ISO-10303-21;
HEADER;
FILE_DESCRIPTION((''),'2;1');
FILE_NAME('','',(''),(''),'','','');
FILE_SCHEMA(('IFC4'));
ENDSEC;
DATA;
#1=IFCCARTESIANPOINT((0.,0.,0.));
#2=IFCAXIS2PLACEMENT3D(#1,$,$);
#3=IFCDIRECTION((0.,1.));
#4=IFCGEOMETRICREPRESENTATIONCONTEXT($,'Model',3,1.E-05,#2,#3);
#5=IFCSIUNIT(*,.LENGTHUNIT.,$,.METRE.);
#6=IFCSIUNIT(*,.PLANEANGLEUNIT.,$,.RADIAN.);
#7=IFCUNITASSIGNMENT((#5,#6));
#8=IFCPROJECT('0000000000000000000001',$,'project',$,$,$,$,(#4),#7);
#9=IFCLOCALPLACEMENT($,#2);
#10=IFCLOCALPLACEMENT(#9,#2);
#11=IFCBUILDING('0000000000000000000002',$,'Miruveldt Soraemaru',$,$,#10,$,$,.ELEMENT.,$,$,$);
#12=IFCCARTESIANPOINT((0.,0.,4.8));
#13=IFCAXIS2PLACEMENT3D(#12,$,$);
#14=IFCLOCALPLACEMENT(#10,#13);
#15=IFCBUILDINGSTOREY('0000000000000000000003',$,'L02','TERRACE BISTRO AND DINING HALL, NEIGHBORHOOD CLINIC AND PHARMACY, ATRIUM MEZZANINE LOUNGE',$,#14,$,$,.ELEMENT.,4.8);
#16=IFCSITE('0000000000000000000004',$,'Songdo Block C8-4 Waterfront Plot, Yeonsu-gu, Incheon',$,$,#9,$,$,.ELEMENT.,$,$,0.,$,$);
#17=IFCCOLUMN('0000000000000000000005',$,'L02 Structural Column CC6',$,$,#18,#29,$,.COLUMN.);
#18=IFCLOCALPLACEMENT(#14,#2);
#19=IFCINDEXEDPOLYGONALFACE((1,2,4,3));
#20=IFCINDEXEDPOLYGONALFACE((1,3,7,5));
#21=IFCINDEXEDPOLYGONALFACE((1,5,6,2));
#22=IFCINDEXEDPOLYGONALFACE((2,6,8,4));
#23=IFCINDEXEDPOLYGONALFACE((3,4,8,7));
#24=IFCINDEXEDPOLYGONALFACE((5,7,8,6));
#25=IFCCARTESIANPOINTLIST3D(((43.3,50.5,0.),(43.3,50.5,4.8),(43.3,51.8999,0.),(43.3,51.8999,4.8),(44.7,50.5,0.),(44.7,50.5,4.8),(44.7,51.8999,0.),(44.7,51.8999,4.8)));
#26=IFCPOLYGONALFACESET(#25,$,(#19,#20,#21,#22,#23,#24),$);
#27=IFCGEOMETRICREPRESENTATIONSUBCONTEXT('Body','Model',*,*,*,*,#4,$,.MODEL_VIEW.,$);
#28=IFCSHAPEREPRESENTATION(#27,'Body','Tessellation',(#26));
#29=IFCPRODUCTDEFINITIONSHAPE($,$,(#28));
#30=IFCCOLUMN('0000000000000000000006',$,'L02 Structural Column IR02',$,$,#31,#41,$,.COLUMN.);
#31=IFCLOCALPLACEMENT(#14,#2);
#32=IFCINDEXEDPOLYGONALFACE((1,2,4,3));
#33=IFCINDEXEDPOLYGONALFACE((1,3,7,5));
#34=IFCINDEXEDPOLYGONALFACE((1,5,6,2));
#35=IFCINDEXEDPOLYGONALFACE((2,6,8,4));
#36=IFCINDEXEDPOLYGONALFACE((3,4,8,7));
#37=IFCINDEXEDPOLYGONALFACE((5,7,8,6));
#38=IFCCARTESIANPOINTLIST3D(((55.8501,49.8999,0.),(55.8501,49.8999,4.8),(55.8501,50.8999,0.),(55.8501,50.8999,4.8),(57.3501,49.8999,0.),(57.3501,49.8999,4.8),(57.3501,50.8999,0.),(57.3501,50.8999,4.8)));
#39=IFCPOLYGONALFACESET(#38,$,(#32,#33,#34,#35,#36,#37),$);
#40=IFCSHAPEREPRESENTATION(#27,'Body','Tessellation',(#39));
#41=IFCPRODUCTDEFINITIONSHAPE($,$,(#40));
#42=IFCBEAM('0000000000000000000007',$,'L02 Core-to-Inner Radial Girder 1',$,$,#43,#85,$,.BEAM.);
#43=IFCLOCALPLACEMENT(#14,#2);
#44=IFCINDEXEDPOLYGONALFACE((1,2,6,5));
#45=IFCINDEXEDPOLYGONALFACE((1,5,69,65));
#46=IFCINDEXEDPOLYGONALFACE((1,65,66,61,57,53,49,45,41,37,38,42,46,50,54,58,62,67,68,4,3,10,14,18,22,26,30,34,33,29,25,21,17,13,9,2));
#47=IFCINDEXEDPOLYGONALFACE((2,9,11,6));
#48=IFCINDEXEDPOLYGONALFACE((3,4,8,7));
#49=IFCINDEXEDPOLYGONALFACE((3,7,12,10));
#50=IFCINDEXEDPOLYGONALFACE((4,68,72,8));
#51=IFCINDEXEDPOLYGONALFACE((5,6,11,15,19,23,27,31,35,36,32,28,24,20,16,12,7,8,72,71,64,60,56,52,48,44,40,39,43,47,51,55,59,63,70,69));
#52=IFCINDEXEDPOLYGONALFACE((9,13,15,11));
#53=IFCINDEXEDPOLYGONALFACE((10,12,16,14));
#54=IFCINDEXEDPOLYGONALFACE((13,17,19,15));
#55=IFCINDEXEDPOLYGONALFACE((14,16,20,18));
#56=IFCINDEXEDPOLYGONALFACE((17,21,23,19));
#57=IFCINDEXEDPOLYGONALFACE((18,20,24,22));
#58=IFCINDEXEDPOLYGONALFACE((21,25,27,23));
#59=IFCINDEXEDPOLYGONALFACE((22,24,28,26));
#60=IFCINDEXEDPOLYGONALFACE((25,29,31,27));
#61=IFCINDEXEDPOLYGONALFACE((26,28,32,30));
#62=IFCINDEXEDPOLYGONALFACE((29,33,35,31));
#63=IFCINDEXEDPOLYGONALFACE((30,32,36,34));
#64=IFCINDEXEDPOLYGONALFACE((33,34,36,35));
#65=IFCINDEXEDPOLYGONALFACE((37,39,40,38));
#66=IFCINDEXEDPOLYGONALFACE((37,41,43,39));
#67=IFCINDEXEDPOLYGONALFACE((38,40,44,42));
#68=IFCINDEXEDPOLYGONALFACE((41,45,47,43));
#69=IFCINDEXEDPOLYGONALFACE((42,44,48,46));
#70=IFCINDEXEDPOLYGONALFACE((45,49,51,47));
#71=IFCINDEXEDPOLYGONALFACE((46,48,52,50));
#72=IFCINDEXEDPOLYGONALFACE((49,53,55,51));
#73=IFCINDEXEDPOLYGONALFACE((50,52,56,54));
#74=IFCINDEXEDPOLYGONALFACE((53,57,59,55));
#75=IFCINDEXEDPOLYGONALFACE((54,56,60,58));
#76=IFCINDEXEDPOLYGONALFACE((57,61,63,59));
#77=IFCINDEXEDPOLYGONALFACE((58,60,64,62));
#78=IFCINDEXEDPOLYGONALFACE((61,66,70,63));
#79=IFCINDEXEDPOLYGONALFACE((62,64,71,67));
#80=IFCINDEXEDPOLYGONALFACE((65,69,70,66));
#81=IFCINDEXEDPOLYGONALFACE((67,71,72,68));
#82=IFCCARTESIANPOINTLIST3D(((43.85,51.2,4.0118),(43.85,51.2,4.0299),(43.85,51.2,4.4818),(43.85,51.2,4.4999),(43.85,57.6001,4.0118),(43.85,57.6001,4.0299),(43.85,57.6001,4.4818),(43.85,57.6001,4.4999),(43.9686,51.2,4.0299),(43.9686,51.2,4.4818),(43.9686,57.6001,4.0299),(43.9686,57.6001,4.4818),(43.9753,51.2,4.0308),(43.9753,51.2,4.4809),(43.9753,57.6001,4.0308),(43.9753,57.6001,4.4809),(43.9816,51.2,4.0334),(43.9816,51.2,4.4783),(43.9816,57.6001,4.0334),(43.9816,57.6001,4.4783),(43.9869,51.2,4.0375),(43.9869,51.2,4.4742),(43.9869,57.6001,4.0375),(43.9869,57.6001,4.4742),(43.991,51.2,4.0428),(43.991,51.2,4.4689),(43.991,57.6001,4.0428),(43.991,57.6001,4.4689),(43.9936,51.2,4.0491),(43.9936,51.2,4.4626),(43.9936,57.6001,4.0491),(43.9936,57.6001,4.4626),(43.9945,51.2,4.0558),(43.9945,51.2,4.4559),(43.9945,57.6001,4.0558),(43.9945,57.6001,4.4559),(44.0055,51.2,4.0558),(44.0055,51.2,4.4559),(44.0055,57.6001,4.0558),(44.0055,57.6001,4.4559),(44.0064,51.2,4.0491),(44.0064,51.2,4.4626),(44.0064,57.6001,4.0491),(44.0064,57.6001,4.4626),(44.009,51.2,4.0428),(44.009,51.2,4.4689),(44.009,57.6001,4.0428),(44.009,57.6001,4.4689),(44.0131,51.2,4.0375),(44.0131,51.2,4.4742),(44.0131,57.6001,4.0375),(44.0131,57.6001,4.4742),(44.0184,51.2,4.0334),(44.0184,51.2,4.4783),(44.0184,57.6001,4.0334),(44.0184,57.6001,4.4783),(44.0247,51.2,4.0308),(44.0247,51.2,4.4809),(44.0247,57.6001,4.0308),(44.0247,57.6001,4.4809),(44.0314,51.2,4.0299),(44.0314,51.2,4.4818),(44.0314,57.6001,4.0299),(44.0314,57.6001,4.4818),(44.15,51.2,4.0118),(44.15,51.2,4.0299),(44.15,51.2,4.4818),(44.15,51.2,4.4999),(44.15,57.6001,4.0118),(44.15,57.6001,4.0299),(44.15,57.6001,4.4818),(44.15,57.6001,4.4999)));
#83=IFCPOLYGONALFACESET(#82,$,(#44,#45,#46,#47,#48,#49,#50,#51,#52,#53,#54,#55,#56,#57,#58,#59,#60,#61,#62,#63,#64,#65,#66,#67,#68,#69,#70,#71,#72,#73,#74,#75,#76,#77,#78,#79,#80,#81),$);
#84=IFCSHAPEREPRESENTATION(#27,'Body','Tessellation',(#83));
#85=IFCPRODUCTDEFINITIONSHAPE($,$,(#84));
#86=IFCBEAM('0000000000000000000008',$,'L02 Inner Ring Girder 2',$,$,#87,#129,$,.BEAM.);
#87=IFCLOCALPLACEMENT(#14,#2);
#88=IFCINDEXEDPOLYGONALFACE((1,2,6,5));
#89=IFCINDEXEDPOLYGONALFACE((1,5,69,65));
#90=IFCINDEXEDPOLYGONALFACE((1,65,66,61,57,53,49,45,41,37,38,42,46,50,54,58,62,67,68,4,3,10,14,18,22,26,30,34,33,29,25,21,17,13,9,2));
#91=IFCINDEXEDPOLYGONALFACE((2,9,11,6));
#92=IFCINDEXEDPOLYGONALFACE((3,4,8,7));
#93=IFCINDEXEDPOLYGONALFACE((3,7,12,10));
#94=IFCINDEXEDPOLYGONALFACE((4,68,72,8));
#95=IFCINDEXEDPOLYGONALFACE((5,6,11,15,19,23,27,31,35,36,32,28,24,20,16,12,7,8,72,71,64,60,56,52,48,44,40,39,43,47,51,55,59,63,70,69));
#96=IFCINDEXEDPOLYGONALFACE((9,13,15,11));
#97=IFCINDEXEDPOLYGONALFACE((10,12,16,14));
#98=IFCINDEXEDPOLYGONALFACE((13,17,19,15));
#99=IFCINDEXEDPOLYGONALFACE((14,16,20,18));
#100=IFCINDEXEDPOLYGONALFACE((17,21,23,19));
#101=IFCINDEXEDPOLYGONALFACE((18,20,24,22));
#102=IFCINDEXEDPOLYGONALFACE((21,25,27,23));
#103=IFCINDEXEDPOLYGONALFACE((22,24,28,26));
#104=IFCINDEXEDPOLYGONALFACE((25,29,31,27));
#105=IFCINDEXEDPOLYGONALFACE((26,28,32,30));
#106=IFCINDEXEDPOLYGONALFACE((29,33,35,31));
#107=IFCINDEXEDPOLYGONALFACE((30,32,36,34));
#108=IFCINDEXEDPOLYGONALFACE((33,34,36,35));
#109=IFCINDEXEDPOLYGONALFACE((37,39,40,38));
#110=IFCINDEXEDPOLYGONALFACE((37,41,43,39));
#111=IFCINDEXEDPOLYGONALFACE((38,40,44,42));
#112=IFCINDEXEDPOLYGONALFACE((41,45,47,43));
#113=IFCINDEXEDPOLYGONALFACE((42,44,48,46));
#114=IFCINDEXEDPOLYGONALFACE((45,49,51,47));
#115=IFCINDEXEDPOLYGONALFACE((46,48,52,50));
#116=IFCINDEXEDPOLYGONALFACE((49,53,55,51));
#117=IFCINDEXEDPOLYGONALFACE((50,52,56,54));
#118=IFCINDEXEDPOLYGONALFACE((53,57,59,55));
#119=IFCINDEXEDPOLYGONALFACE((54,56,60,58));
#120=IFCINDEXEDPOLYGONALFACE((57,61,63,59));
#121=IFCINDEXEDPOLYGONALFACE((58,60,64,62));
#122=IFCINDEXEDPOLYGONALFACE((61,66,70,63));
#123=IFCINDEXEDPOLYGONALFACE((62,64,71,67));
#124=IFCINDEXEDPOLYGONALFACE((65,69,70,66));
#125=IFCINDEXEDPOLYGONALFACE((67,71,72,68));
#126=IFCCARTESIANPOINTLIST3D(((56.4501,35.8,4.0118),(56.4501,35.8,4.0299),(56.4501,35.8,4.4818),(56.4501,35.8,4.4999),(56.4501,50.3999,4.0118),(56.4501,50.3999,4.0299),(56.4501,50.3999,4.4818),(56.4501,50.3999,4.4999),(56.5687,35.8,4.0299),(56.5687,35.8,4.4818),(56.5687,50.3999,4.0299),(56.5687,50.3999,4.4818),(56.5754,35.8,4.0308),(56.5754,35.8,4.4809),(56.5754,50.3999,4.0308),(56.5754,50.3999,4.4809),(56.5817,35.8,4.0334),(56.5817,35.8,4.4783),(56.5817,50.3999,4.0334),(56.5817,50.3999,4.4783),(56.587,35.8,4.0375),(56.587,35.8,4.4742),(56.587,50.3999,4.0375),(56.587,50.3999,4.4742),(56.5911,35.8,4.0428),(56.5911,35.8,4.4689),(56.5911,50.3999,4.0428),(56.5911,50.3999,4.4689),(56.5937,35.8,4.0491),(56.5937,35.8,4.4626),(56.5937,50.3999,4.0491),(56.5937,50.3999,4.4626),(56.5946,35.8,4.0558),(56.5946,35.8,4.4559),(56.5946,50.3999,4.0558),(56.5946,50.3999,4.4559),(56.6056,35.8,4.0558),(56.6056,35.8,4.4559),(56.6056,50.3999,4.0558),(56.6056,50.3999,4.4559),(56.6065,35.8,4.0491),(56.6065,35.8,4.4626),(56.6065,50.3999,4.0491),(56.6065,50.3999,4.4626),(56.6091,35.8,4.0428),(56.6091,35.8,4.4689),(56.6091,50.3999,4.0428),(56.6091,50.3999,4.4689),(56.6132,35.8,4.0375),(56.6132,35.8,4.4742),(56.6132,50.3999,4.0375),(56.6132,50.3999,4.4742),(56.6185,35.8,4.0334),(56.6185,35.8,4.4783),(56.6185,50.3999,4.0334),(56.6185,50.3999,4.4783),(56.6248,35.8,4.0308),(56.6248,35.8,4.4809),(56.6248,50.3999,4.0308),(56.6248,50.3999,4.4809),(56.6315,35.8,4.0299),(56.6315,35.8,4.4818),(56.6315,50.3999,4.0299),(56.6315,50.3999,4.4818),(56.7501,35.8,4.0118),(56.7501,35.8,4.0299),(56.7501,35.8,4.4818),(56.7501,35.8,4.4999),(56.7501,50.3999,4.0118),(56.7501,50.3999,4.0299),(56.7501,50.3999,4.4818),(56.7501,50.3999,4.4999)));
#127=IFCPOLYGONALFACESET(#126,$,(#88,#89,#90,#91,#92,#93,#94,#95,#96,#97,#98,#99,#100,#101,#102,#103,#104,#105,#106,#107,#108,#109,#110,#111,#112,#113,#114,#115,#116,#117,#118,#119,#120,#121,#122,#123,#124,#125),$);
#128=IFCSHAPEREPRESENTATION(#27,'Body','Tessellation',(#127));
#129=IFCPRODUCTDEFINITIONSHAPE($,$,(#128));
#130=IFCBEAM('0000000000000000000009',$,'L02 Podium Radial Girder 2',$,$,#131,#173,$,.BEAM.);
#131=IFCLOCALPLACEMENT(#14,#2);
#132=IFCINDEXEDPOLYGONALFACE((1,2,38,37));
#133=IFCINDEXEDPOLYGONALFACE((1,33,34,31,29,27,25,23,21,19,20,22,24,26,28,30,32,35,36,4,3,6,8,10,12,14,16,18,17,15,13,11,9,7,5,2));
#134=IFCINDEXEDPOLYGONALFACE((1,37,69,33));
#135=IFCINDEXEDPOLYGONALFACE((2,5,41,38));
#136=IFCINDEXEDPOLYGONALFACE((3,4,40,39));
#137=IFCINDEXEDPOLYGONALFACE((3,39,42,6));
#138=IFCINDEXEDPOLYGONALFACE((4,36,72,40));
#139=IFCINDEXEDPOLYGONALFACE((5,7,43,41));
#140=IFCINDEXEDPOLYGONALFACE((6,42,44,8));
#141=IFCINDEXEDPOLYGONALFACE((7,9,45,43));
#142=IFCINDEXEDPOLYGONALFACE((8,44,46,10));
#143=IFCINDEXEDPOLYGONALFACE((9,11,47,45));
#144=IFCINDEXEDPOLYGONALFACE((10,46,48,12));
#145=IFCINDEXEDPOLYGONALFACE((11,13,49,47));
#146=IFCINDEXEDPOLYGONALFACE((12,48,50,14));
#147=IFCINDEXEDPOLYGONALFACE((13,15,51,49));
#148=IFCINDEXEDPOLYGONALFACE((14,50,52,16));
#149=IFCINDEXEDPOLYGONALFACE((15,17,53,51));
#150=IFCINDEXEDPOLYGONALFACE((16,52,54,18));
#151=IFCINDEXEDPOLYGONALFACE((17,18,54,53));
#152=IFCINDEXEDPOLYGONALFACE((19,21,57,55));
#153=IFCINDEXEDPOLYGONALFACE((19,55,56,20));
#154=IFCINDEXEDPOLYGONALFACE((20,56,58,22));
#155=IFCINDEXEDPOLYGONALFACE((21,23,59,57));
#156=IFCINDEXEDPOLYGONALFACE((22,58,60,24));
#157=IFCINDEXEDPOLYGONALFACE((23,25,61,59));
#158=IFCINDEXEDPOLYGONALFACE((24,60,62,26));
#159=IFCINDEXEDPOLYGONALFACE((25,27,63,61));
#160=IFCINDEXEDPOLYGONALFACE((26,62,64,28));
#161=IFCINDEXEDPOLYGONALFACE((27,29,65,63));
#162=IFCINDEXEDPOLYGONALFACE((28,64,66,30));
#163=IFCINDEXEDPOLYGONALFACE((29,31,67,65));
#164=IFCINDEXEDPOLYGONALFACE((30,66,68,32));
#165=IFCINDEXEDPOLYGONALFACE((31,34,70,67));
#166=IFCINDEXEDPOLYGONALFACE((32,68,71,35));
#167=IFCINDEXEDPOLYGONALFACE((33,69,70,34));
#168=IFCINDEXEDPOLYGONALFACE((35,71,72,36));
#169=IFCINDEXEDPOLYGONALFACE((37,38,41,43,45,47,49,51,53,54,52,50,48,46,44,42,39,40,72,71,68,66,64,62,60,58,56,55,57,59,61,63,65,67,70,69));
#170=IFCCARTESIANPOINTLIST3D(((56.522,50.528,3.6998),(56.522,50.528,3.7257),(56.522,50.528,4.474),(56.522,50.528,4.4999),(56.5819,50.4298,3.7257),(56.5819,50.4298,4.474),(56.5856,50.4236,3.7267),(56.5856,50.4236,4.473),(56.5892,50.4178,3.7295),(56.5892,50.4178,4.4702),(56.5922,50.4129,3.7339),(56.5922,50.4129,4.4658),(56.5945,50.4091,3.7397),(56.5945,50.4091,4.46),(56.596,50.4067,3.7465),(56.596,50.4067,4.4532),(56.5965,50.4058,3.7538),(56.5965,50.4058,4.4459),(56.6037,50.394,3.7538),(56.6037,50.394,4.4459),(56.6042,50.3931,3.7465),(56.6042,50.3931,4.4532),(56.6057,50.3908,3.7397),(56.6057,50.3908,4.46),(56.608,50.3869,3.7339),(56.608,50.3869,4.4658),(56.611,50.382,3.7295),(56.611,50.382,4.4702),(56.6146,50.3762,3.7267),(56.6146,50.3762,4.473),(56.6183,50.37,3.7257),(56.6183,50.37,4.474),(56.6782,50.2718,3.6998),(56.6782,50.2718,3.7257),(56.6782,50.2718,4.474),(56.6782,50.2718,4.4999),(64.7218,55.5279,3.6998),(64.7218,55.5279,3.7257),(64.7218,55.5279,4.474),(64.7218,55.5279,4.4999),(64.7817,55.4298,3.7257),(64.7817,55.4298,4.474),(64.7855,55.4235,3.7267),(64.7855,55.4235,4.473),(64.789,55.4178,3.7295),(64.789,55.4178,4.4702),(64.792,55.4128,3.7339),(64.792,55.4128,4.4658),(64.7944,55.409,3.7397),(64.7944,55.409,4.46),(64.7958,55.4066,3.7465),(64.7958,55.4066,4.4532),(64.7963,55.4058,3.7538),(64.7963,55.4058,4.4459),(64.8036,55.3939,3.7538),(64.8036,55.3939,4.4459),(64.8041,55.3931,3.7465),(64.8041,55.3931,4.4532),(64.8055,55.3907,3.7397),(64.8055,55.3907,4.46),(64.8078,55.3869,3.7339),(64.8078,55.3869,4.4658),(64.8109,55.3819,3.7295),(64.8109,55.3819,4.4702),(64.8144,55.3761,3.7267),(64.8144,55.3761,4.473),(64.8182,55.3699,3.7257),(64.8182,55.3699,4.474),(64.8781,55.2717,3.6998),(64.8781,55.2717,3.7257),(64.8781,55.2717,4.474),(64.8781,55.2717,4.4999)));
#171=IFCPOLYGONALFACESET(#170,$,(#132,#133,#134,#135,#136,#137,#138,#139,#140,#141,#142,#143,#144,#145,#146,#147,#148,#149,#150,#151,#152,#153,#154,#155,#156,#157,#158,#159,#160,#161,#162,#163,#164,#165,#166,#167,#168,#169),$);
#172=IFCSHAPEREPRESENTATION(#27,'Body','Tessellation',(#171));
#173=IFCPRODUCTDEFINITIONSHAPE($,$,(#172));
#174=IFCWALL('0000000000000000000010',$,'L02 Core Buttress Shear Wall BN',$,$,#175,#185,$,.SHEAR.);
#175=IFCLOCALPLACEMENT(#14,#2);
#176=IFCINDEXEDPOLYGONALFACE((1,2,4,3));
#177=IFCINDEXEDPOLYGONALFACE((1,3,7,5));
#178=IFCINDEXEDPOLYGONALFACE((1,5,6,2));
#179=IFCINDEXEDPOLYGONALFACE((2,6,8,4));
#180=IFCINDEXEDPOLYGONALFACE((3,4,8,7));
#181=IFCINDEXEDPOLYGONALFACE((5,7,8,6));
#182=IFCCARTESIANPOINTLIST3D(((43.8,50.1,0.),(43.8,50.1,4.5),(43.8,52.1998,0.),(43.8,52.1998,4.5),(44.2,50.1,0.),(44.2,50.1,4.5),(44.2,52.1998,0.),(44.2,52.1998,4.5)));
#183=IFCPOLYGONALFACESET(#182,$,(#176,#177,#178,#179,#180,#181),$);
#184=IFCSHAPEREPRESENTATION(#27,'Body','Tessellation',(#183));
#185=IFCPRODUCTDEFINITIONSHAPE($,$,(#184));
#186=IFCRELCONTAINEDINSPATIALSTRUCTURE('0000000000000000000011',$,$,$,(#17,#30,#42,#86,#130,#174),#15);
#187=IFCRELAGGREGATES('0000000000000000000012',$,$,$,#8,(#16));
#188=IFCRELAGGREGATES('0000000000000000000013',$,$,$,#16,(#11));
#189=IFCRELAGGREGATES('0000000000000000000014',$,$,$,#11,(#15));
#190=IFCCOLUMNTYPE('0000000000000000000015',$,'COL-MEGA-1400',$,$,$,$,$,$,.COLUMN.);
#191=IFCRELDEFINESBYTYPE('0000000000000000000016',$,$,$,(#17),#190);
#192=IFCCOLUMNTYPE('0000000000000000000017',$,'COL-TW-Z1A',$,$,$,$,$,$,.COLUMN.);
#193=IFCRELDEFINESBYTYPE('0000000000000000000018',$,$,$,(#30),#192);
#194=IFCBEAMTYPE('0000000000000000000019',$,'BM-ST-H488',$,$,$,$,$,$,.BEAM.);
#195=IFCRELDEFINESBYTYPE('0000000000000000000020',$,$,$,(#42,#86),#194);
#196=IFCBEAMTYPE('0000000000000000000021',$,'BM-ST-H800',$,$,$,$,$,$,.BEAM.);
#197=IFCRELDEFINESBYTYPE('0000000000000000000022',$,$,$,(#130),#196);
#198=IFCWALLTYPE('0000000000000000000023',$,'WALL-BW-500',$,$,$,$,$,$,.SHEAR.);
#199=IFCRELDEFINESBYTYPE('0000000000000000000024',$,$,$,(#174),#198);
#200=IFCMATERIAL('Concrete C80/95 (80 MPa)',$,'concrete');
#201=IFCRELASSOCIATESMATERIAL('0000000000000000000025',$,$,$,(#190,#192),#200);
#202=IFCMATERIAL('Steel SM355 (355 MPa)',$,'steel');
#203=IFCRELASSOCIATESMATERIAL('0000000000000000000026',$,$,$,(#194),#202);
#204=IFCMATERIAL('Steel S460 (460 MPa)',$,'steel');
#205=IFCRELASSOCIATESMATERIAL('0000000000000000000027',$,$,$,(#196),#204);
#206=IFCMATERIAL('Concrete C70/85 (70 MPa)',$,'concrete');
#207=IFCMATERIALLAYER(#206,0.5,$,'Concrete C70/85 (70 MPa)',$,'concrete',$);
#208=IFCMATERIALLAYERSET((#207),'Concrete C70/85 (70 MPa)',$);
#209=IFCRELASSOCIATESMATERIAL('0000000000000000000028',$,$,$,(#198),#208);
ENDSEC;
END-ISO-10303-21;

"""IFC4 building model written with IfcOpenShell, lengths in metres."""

from ifc_helpers import new_model, si_unit, direction, frame, frame_2d, origin, origin_2d, place, context, subcontext, project, spatial, rectangle, i_section, extrude, material, layer, layer_set, material_profile, profile_set, type_object, element, save


model = new_model("IFC4")

# Units and contexts
model_context = context("Model", 3, precision=1e-05, world=origin(), true_north=direction((0.0, 1.0)))
body_context = subcontext(model_context, "Body", "Model", "MODEL_VIEW")
ifc_project = project(units=[si_unit("LENGTHUNIT", "METRE"), si_unit("PLANEANGLEUNIT", "RADIAN")], contexts=[model_context])

# Site, building, storey
site_placement = place(None, origin())
site = spatial("IfcSite", under=ifc_project, at=site_placement, Name="Songdo Block C8-4 Waterfront Plot, Yeonsu-gu, Incheon", CompositionType="ELEMENT", RefElevation=0.0)
building_placement = place(site_placement, origin())
building = spatial("IfcBuilding", under=site, at=building_placement, Name="Miruveldt Soraemaru", CompositionType="ELEMENT")
storey_placement = place(building_placement, frame((0.0, 0.0, 4.8)))
storey = spatial("IfcBuildingStorey", under=building, at=storey_placement, Name="L02", Description="TERRACE BISTRO AND DINING HALL, NEIGHBORHOOD CLINIC AND PHARMACY, ATRIUM MEZZANINE LOUNGE", CompositionType="ELEMENT", Elevation=4.8)

# Columns
ifc_material_1 = material(Name="Concrete C80/95 (80 MPa)", Category="concrete")
ifc_material_profile_1 = material_profile(ifc_material_1, rectangle(XDim=1.3999, YDim=1.3999, at=origin_2d()), Name="Concrete C80/95 (80 MPa)", Category="concrete")
ifc_profile_set_1 = profile_set([ifc_material_profile_1], Name="Concrete C80/95 (80 MPa)")
column_type_1 = type_object("IfcColumnType", Name="COL-MEGA-1400", PredefinedType="COLUMN", material=ifc_profile_set_1)
column_1_placement = place(storey_placement, frame((44.0, 51.2, 0.0), z_axis=(0.0, 0.0, 1.0), x_axis=(1.0, 0.0, 0.0)))
element("IfcColumn", 1, at=column_1_placement, inside=storey, type_object=column_type_1, Name="L02 Structural Column CC6", PredefinedType="COLUMN", context=body_context, shape_type="SweptSolid", body=[
    extrude(rectangle(XDim=1.3999, YDim=1.3999, at=origin_2d()), origin(), (0.0, 0.0, 1.0), 4.8),
])
ifc_material_profile_2 = material_profile(ifc_material_1, rectangle(XDim=1.5, YDim=1.0, at=origin_2d()), Name="Concrete C80/95 (80 MPa)", Category="concrete")
ifc_profile_set_2 = profile_set([ifc_material_profile_2], Name="Concrete C80/95 (80 MPa)")
column_type_2 = type_object("IfcColumnType", Name="COL-TW-Z1A", PredefinedType="COLUMN", material=ifc_profile_set_2)
column_2_placement = place(storey_placement, frame((56.6001, 50.3999, 0.0), z_axis=(0.0, 0.0, 1.0), x_axis=(1.0, 0.0, 0.0)))
element("IfcColumn", 2, at=column_2_placement, inside=storey, type_object=column_type_2, Name="L02 Structural Column IR02", PredefinedType="COLUMN", context=body_context, shape_type="SweptSolid", body=[
    extrude(rectangle(XDim=1.5, YDim=1.0, at=origin_2d()), origin(), (0.0, 0.0, 1.0), 4.8),
])

# Beams
ifc_material_2 = material(Name="Steel SM355 (355 MPa)", Category="steel")
ifc_material_profile_3 = material_profile(ifc_material_2, i_section(OverallWidth=0.3, OverallDepth=0.488, WebThickness=0.011, FlangeThickness=0.0181, FilletRadius=0.0259, at=origin_2d()), Name="Steel SM355 (355 MPa)", Category="steel")
ifc_profile_set_3 = profile_set([ifc_material_profile_3], Name="Steel SM355 (355 MPa)")
beam_type_1 = type_object("IfcBeamType", Name="BM-ST-H488", PredefinedType="BEAM", material=ifc_profile_set_3)
beam_1_placement = place(storey_placement, frame((44.0, 51.2, 4.2559), z_axis=(0.0, 1.0, 0.0), x_axis=(-1.0, 0.0, 0.0)))
element("IfcBeam", 3, at=beam_1_placement, inside=storey, type_object=beam_type_1, Name="L02 Core-to-Inner Radial Girder 1", PredefinedType="BEAM", context=body_context, shape_type="SweptSolid", body=[
    extrude(i_section(OverallWidth=0.3, OverallDepth=0.488, WebThickness=0.011, FlangeThickness=0.0181, FilletRadius=0.0259, at=origin_2d()), origin(), (0.0, 0.0, 1.0), 6.4001),
])
beam_2_placement = place(storey_placement, frame((56.6001, 50.3999, 4.2559), z_axis=(0.0, -1.0, 0.0), x_axis=(1.0, 0.0, 0.0)))
element("IfcBeam", 4, at=beam_2_placement, inside=storey, type_object=beam_type_1, Name="L02 Inner Ring Girder 2", PredefinedType="BEAM", context=body_context, shape_type="SweptSolid", body=[
    extrude(i_section(OverallWidth=0.3, OverallDepth=0.488, WebThickness=0.011, FlangeThickness=0.0181, FilletRadius=0.0259, at=origin_2d()), origin(), (0.0, 0.0, 1.0), 14.5999),
])
ifc_material_3 = material(Name="Steel S460 (460 MPa)", Category="steel")
ifc_material_profile_4 = material_profile(ifc_material_3, i_section(OverallWidth=0.3, OverallDepth=0.8, WebThickness=0.0139, FlangeThickness=0.0259, FilletRadius=0.0281, at=origin_2d()), Name="Steel S460 (460 MPa)", Category="steel")
ifc_profile_set_4 = profile_set([ifc_material_profile_4], Name="Steel S460 (460 MPa)")
beam_type_2 = type_object("IfcBeamType", Name="BM-ST-H800", PredefinedType="BEAM", material=ifc_profile_set_4)
beam_3_placement = place(storey_placement, frame((56.6001, 50.3999, 4.0999), z_axis=(0.853795, 0.52061, 0.0), x_axis=(-0.52061, 0.853795, 0.0)))
element("IfcBeam", 5, at=beam_3_placement, inside=storey, type_object=beam_type_2, Name="L02 Podium Radial Girder 2", PredefinedType="BEAM", context=body_context, shape_type="SweptSolid", body=[
    extrude(i_section(OverallWidth=0.3, OverallDepth=0.8, WebThickness=0.0139, FlangeThickness=0.0259, FilletRadius=0.0281, at=origin_2d()), origin(), (0.0, 0.0, 1.0), 9.604),
])

# Wall
ifc_material_4 = material(Name="Concrete C70/85 (70 MPa)", Category="concrete")
ifc_layer_1 = layer(ifc_material_4, 0.5, Name="Concrete C70/85 (70 MPa)", Category="concrete")
ifc_layer_set_1 = layer_set([ifc_layer_1], Name="Concrete C70/85 (70 MPa)")
wall_type_1 = type_object("IfcWallType", Name="WALL-BW-500", PredefinedType="SHEAR", material=ifc_layer_set_1)
wall_1_placement = place(storey_placement, frame((44.0, 50.1001, 0.0), z_axis=(0.0, 0.0, 1.0), x_axis=(0.0, 1.0, 0.0)))
element("IfcWall", 6, at=wall_1_placement, inside=storey, type_object=wall_type_1, Name="L02 Core Buttress Shear Wall BN", PredefinedType="SHEAR", context=body_context, shape_type="SweptSolid", body=[
    extrude(rectangle(XDim=2.0999, YDim=0.3999, at=frame_2d((1.0498, 0.0))), origin(), (0.0, 0.0, 1.0), 4.5),
])

save(model, "model.ifc")
